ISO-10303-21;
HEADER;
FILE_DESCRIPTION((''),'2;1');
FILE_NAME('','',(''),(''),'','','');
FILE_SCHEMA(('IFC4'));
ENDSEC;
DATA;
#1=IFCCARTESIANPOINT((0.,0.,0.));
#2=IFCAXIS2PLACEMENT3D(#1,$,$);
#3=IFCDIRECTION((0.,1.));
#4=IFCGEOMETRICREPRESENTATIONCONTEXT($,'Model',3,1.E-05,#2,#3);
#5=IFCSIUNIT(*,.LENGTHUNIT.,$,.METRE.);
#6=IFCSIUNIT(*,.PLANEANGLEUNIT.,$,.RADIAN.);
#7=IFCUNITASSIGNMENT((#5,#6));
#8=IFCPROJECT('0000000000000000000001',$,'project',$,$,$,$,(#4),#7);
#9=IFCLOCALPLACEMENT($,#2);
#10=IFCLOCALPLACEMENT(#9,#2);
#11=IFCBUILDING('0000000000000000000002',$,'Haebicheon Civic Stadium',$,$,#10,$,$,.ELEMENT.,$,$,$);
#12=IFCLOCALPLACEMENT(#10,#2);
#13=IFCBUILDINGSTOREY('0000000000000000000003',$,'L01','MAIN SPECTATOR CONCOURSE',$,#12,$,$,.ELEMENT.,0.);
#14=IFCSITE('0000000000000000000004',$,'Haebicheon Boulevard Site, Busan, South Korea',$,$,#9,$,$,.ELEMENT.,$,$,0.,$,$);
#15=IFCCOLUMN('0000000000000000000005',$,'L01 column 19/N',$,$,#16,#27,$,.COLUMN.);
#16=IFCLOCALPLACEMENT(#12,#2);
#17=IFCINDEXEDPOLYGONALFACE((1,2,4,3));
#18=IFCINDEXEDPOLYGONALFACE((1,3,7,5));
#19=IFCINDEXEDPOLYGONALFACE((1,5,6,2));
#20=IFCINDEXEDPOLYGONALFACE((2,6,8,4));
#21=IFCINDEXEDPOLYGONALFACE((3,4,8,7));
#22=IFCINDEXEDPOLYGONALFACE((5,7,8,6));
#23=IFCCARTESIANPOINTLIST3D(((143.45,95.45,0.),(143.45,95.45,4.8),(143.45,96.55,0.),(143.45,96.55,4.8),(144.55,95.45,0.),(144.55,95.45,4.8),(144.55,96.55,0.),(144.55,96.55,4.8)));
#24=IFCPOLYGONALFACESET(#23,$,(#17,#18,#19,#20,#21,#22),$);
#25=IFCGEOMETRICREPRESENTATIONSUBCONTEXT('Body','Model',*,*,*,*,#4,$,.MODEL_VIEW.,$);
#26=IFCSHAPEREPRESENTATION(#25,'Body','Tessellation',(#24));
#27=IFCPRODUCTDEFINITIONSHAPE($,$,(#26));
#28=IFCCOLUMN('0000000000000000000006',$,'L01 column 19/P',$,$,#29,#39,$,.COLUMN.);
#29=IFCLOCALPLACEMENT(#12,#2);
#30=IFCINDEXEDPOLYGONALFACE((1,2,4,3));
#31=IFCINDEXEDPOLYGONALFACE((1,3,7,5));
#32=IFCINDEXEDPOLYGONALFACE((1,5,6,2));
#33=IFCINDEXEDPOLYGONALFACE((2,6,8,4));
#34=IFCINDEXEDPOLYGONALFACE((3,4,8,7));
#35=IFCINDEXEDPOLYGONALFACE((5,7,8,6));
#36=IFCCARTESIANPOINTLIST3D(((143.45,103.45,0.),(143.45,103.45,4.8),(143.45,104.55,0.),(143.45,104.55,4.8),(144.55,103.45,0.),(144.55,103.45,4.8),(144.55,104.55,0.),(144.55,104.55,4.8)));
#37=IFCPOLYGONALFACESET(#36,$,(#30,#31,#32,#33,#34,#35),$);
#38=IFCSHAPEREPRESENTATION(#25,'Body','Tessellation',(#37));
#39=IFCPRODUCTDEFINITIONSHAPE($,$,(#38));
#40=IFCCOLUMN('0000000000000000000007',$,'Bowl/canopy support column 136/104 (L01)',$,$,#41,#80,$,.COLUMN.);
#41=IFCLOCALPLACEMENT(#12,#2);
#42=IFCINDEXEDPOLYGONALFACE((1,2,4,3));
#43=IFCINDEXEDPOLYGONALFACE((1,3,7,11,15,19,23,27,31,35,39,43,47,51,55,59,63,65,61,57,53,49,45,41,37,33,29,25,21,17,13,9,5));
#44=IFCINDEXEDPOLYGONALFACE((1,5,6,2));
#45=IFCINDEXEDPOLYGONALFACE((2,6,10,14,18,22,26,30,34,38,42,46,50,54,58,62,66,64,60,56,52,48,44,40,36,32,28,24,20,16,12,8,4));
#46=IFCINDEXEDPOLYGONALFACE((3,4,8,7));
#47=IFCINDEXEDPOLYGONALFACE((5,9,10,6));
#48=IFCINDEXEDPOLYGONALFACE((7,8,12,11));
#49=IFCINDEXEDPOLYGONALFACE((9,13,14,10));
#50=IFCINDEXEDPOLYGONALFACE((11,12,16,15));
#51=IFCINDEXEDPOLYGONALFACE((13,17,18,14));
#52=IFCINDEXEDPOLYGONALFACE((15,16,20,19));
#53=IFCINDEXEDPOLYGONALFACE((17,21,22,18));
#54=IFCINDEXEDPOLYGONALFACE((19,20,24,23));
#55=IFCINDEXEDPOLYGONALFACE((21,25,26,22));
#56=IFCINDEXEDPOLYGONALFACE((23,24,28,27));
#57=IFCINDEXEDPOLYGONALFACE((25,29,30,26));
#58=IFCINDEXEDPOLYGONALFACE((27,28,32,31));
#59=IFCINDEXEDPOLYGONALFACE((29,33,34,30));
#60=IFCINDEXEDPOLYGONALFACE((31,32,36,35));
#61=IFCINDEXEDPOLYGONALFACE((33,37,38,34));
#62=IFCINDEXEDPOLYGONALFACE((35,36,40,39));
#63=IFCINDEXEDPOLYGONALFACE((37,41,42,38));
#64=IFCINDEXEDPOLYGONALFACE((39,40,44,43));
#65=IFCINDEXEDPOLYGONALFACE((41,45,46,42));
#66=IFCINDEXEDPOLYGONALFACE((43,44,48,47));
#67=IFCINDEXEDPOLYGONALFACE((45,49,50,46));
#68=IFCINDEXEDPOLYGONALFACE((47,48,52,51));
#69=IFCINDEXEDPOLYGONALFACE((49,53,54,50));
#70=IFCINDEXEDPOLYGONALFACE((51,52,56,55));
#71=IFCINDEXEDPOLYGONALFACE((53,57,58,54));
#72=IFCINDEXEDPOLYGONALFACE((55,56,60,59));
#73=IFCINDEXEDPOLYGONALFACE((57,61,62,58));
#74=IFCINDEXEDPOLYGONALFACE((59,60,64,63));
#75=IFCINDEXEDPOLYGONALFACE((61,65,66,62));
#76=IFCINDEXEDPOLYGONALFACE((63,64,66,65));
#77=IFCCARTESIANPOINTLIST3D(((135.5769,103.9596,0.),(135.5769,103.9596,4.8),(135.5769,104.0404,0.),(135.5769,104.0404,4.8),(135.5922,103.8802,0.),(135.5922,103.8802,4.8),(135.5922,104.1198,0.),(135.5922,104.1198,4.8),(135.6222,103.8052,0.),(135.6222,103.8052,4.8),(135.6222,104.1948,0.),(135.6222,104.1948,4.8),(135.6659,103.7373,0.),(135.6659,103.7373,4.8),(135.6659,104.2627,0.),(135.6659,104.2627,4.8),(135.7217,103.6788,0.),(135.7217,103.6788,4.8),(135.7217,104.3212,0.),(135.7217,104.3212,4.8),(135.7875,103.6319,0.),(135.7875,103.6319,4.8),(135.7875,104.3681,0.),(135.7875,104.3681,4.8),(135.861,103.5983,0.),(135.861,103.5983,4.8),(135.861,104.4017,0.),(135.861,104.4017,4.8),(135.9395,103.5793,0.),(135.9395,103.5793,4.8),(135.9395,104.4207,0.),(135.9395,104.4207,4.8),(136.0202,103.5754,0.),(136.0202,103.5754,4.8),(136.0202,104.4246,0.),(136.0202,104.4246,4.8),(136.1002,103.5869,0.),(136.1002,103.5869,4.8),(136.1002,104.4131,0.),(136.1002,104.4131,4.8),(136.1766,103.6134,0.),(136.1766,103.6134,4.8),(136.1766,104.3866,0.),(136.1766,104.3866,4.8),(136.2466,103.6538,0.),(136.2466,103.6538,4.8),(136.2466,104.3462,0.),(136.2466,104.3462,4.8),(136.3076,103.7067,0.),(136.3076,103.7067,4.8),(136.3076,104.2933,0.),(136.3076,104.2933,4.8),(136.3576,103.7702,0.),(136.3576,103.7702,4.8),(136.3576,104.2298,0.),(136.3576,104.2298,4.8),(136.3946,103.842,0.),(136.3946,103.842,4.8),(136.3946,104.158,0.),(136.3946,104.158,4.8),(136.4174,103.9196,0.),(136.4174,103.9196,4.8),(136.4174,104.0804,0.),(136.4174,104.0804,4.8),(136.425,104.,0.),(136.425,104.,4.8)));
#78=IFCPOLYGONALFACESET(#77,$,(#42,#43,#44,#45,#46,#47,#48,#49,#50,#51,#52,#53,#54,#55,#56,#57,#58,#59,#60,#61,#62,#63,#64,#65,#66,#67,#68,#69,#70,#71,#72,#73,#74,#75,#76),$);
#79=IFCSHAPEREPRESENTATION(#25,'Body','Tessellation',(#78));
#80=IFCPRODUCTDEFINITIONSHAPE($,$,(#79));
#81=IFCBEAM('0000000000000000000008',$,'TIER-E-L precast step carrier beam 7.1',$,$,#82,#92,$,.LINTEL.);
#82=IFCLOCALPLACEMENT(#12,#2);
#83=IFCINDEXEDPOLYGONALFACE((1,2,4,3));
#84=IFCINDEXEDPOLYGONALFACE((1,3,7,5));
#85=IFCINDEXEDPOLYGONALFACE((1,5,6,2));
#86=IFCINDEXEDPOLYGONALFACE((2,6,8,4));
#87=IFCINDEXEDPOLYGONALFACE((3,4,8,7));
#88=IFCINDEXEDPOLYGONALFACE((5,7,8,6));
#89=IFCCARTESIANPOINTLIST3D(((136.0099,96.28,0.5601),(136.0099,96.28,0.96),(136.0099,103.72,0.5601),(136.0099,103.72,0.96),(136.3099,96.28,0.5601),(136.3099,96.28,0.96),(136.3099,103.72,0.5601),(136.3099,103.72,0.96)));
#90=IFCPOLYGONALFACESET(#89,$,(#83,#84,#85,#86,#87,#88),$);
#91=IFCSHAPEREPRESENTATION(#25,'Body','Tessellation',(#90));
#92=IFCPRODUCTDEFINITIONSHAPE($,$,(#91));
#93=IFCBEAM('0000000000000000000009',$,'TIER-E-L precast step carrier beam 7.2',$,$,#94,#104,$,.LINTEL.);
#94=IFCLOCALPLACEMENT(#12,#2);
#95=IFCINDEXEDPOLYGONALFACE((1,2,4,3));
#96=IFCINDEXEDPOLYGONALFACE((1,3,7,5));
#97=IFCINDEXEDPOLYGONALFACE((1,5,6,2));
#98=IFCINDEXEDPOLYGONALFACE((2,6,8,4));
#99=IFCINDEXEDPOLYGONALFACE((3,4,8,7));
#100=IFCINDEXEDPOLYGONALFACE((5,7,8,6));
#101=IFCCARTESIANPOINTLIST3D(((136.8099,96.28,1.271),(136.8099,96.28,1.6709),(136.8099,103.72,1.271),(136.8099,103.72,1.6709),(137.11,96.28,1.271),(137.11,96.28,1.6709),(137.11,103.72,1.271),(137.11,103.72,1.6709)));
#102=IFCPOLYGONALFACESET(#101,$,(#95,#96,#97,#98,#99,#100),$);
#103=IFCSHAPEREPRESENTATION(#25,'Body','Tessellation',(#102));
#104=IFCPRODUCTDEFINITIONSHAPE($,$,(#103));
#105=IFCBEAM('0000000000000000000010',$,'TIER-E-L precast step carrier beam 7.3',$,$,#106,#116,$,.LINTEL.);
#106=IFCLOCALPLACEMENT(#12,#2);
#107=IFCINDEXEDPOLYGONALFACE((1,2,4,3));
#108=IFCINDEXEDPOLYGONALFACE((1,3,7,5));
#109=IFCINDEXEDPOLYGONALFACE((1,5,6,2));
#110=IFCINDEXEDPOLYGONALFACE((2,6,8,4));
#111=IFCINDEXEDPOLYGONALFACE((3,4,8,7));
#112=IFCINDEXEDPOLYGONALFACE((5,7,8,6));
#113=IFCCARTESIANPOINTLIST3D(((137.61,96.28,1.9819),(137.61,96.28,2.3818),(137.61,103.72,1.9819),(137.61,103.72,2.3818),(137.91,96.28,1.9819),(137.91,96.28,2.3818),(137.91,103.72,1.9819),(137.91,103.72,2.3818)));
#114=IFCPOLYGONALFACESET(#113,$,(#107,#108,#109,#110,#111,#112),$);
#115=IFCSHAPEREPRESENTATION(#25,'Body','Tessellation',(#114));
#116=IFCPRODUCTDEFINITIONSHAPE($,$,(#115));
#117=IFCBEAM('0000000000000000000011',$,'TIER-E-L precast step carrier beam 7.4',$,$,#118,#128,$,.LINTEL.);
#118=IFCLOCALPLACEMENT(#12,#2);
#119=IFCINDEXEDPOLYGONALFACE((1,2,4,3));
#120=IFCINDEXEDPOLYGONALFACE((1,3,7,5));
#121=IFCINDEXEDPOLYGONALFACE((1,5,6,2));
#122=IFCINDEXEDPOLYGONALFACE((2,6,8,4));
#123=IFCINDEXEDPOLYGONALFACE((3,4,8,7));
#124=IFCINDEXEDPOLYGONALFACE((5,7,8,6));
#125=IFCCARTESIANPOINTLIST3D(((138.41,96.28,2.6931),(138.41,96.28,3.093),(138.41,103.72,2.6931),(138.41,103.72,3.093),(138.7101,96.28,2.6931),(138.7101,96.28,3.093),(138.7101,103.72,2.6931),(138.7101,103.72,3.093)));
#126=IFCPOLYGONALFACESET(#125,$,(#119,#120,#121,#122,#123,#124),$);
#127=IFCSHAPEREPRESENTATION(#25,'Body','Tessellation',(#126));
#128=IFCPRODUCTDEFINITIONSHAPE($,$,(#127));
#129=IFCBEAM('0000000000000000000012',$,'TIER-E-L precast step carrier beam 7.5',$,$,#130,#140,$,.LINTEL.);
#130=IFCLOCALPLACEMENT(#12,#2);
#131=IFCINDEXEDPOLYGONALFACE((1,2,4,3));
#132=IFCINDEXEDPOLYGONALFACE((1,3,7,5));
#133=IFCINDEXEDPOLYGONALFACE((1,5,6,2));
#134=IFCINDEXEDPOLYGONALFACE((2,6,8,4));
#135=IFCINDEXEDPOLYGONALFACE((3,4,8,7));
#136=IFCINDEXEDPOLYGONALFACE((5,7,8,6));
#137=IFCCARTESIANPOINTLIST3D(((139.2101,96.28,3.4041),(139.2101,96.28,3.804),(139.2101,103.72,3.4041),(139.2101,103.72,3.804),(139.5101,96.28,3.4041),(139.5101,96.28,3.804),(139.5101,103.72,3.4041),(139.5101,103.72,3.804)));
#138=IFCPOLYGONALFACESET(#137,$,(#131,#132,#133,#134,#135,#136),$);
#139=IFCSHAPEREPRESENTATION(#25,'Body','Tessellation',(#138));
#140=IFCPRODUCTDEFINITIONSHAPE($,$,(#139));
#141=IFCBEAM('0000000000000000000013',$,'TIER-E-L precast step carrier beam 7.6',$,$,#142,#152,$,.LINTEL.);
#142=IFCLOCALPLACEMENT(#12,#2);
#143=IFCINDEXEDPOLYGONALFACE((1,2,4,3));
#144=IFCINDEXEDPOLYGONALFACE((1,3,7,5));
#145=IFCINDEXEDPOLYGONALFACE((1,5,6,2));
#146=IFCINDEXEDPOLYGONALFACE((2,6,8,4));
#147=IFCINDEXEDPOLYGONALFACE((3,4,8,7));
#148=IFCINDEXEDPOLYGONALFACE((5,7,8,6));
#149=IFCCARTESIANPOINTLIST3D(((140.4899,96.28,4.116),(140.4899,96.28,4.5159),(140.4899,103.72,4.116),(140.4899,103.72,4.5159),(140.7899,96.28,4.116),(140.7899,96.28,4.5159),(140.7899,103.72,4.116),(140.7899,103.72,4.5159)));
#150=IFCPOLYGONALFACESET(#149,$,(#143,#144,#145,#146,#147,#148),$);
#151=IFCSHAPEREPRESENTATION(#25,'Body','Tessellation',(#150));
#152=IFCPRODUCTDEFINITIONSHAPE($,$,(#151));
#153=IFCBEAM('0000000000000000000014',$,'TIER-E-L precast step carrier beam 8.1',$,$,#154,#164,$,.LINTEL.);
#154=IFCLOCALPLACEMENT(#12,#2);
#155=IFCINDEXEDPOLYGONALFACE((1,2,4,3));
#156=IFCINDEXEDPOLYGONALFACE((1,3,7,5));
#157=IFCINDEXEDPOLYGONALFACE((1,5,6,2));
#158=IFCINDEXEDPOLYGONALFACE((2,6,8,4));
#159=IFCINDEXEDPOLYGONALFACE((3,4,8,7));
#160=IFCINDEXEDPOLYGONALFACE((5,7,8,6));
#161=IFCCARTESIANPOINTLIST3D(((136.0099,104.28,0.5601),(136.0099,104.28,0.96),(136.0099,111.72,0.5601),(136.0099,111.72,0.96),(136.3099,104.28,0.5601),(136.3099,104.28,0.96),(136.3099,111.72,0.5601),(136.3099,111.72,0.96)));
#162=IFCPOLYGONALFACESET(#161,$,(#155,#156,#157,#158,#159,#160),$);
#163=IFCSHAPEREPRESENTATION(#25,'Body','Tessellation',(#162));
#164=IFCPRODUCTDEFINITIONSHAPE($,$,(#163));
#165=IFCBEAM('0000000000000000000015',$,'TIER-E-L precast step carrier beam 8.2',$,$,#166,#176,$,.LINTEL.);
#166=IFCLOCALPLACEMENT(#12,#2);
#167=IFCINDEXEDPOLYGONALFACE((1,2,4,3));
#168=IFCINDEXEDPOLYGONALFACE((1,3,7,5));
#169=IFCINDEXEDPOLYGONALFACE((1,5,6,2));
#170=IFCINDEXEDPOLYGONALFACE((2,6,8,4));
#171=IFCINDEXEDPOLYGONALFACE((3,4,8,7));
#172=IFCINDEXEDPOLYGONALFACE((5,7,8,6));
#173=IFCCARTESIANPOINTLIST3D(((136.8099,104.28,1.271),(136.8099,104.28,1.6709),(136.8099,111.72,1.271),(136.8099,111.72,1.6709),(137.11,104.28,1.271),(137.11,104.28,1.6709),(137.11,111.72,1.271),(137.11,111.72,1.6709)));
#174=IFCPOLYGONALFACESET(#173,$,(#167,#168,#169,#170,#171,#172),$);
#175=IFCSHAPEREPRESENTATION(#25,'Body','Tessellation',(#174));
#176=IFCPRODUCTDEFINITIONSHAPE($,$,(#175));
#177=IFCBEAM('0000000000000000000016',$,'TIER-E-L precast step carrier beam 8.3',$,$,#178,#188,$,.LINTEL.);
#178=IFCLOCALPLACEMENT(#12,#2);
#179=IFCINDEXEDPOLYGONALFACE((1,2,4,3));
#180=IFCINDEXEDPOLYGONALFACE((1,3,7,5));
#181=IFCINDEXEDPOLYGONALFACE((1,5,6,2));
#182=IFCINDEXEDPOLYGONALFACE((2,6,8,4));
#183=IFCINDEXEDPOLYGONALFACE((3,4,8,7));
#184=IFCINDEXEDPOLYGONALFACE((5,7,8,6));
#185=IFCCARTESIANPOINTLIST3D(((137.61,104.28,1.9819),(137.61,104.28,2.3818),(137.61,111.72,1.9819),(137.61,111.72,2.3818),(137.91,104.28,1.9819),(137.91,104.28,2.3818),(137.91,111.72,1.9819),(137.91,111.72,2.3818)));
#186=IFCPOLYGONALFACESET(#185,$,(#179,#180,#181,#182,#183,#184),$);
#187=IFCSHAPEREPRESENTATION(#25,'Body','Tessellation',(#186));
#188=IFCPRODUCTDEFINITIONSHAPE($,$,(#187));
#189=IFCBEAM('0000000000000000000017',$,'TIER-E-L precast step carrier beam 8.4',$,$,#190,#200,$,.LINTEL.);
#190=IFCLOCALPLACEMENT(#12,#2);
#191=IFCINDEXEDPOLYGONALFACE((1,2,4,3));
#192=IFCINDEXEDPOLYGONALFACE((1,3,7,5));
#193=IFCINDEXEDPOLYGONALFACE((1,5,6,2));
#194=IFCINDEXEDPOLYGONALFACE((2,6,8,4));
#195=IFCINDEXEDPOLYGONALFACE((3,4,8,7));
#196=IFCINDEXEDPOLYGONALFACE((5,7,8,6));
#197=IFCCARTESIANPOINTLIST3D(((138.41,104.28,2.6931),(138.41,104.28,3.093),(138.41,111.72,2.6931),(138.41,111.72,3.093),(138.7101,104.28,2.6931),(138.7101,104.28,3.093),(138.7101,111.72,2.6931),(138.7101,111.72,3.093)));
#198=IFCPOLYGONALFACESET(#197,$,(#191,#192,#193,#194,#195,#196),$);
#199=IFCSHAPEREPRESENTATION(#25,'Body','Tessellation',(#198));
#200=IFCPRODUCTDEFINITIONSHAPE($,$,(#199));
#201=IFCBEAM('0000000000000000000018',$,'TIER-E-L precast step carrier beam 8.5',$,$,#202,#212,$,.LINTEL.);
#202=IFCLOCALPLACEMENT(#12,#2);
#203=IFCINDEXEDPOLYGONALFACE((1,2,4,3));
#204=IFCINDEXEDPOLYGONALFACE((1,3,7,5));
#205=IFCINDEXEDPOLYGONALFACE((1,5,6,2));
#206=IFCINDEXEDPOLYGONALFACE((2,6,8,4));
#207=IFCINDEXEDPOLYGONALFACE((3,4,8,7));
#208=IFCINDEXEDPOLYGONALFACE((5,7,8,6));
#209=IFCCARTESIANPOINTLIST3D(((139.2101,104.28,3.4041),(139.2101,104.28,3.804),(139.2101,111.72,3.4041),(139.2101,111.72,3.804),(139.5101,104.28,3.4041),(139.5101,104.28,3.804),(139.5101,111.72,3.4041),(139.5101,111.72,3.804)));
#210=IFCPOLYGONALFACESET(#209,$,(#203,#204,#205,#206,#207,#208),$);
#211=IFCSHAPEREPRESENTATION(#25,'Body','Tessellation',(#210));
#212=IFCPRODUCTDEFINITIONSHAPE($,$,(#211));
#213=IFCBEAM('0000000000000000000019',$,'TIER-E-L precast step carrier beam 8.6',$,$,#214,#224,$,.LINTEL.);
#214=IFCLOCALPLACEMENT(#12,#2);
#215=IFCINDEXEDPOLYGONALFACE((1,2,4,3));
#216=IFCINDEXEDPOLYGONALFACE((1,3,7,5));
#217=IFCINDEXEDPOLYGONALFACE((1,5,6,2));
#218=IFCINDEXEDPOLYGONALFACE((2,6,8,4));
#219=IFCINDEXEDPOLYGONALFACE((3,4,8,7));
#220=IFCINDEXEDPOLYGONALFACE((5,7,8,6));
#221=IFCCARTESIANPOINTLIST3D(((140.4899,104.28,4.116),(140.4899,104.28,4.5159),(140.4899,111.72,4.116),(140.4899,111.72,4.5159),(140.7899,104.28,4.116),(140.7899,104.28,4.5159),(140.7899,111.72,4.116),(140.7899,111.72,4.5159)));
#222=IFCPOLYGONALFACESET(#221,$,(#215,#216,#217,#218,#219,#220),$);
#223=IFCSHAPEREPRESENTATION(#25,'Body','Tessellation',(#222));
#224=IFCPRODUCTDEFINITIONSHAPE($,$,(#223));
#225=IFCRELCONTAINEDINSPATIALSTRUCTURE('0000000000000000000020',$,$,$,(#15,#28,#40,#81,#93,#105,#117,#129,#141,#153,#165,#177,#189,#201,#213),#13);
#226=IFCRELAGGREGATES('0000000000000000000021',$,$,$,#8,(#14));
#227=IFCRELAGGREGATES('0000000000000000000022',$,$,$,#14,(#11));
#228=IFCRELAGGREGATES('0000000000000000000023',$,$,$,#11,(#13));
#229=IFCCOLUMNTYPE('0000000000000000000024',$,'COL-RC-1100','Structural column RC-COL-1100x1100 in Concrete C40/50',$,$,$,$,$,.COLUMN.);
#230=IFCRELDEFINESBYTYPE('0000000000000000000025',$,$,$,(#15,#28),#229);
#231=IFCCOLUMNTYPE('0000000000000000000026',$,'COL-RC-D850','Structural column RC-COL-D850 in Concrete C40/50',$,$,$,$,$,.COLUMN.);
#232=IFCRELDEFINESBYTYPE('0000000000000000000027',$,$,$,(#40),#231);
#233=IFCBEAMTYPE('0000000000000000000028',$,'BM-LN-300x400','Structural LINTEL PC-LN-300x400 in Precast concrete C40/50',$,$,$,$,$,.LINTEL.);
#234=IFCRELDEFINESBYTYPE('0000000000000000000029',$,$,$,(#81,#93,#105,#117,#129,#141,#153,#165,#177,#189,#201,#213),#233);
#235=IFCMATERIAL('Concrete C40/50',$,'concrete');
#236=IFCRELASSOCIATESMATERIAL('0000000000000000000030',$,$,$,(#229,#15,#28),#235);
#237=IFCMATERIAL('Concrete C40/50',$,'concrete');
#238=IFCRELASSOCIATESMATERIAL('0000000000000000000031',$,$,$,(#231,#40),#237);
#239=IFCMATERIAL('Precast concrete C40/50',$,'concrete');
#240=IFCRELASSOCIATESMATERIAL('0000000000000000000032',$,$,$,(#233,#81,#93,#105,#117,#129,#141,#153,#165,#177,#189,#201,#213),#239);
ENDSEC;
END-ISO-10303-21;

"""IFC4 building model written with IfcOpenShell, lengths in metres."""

from ifc_helpers import new_model, si_unit, direction, frame, origin, origin_2d, place, context, subcontext, project, spatial, rectangle, circle, extrude, material, material_profile, profile_set, type_object, element, save


model = new_model("IFC4")

# Units and contexts
model_context = context("Model", 3, precision=1e-05, world=origin(), true_north=direction((0.0, 1.0)))
body_context = subcontext(model_context, "Body", "Model", "MODEL_VIEW")
ifc_project = project(units=[si_unit("LENGTHUNIT", "METRE"), si_unit("PLANEANGLEUNIT", "RADIAN")], contexts=[model_context])

# Site, building, storey
site_placement = place(None, origin())
site = spatial("IfcSite", under=ifc_project, at=site_placement, Name="Haebicheon Boulevard Site, Busan, South Korea", CompositionType="ELEMENT", RefElevation=0.0)
building_placement = place(site_placement, origin())
building = spatial("IfcBuilding", under=site, at=building_placement, Name="Haebicheon Civic Stadium", CompositionType="ELEMENT")
storey_placement = place(building_placement, origin())
storey = spatial("IfcBuildingStorey", under=building, at=storey_placement, Name="L01", Description="MAIN SPECTATOR CONCOURSE", CompositionType="ELEMENT", Elevation=0.0)

# Columns
ifc_material_1 = material(Name="Concrete C40/50", Category="concrete")
ifc_material_profile_1 = material_profile(ifc_material_1, rectangle(XDim=1.1001, YDim=1.1001, at=origin_2d()), Name="RC-COL-1100x1100")
ifc_profile_set_1 = profile_set([ifc_material_profile_1], Name="Concrete C40/50")
column_type_1 = type_object("IfcColumnType", Name="COL-RC-1100", Description="Structural column RC-COL-1100x1100 in Concrete C40/50", PredefinedType="COLUMN", material=ifc_profile_set_1)
for number, where, z_axis, x_axis, name in (
    (1, (144.0, 96.0, 0.0), (0.0, 0.0, 1.0), (1.0, 0.0, 0.0), "L01 column 19/N"),
    (2, (144.0, 104.0, 0.0), (0.0, 0.0, 1.0), (1.0, 0.0, 0.0), "L01 column 19/P"),
):
    element("IfcColumn", number, at=place(storey_placement, frame(where, z_axis=z_axis, x_axis=x_axis)), inside=storey, type_object=column_type_1, material=ifc_profile_set_1, Name=name, PredefinedType="COLUMN", context=body_context, shape_type="SweptSolid", body=[
        extrude(rectangle(XDim=1.1001, YDim=1.1001, at=origin_2d()), origin(), (0.0, 0.0, 1.0), 4.8),
    ])
ifc_material_2 = material(Name="Concrete C40/50", Category="concrete")
ifc_material_profile_2 = material_profile(ifc_material_2, circle(Radius=0.425, at=origin_2d()), Name="RC-COL-D850")
ifc_profile_set_2 = profile_set([ifc_material_profile_2], Name="Concrete C40/50")
column_type_2 = type_object("IfcColumnType", Name="COL-RC-D850", Description="Structural column RC-COL-D850 in Concrete C40/50", PredefinedType="COLUMN", material=ifc_profile_set_2)
column_placement = place(storey_placement, frame((136.0, 104.0, 0.0), z_axis=(0.0, 0.0, 1.0), x_axis=(1.0, 0.0, 0.0)))
element("IfcColumn", 3, at=column_placement, inside=storey, type_object=column_type_2, material=ifc_profile_set_2, Name="Bowl/canopy support column 136/104 (L01)", PredefinedType="COLUMN", context=body_context, shape_type="SweptSolid", body=[
    extrude(circle(Radius=0.425, at=origin_2d()), origin(), (0.0, 0.0, 1.0), 4.8),
])

# Beams
ifc_material_3 = material(Name="Precast concrete C40/50", Category="concrete")
ifc_material_profile_3 = material_profile(ifc_material_3, rectangle(XDim=0.3, YDim=0.3999, at=origin_2d()), Name="PC-LN-300x400")
ifc_profile_set_3 = profile_set([ifc_material_profile_3], Name="Precast concrete C40/50")
beam_type_1 = type_object("IfcBeamType", Name="BM-LN-300x400", Description="Structural LINTEL PC-LN-300x400 in Precast concrete C40/50", PredefinedType="LINTEL", material=ifc_profile_set_3)
for number, where, z_axis, x_axis, name in (
    (4, (136.1599, 96.28, 0.76), (0.0, 1.0, 0.0), (-1.0, 0.0, 0.0), "TIER-E-L precast step carrier beam 7.1"),
    (5, (136.96, 96.28, 1.4709), (0.0, 1.0, 0.0), (-1.0, 0.0, 0.0), "TIER-E-L precast step carrier beam 7.2"),
    (6, (137.76, 96.28, 2.1819), (0.0, 1.0, 0.0), (-1.0, 0.0, 0.0), "TIER-E-L precast step carrier beam 7.3"),
    (7, (138.5601, 96.28, 2.8931), (0.0, 1.0, 0.0), (-1.0, 0.0, 0.0), "TIER-E-L precast step carrier beam 7.4"),
    (8, (139.3601, 96.28, 3.604), (0.0, 1.0, 0.0), (-1.0, 0.0, 0.0), "TIER-E-L precast step carrier beam 7.5"),
    (9, (140.6399, 96.28, 4.3159), (0.0, 1.0, 0.0), (-1.0, 0.0, 0.0), "TIER-E-L precast step carrier beam 7.6"),
    (10, (136.1599, 104.28, 0.76), (0.0, 1.0, 0.0), (-1.0, 0.0, 0.0), "TIER-E-L precast step carrier beam 8.1"),
    (11, (136.96, 104.28, 1.4709), (0.0, 1.0, 0.0), (-1.0, 0.0, 0.0), "TIER-E-L precast step carrier beam 8.2"),
    (12, (137.76, 104.28, 2.1819), (0.0, 1.0, 0.0), (-1.0, 0.0, 0.0), "TIER-E-L precast step carrier beam 8.3"),
    (13, (138.5601, 104.28, 2.8931), (0.0, 1.0, 0.0), (-1.0, 0.0, 0.0), "TIER-E-L precast step carrier beam 8.4"),
    (14, (139.3601, 104.28, 3.604), (0.0, 1.0, 0.0), (-1.0, 0.0, 0.0), "TIER-E-L precast step carrier beam 8.5"),
    (15, (140.6399, 104.28, 4.3159), (0.0, 1.0, 0.0), (-1.0, 0.0, 0.0), "TIER-E-L precast step carrier beam 8.6"),
):
    element("IfcBeam", number, at=place(storey_placement, frame(where, z_axis=z_axis, x_axis=x_axis)), inside=storey, type_object=beam_type_1, material=ifc_profile_set_3, Name=name, PredefinedType="LINTEL", context=body_context, shape_type="SweptSolid", body=[
        extrude(rectangle(XDim=0.3, YDim=0.3999, at=origin_2d()), origin(), (0.0, 0.0, 1.0), 7.4399),
    ])

save(model, "model.ifc")
